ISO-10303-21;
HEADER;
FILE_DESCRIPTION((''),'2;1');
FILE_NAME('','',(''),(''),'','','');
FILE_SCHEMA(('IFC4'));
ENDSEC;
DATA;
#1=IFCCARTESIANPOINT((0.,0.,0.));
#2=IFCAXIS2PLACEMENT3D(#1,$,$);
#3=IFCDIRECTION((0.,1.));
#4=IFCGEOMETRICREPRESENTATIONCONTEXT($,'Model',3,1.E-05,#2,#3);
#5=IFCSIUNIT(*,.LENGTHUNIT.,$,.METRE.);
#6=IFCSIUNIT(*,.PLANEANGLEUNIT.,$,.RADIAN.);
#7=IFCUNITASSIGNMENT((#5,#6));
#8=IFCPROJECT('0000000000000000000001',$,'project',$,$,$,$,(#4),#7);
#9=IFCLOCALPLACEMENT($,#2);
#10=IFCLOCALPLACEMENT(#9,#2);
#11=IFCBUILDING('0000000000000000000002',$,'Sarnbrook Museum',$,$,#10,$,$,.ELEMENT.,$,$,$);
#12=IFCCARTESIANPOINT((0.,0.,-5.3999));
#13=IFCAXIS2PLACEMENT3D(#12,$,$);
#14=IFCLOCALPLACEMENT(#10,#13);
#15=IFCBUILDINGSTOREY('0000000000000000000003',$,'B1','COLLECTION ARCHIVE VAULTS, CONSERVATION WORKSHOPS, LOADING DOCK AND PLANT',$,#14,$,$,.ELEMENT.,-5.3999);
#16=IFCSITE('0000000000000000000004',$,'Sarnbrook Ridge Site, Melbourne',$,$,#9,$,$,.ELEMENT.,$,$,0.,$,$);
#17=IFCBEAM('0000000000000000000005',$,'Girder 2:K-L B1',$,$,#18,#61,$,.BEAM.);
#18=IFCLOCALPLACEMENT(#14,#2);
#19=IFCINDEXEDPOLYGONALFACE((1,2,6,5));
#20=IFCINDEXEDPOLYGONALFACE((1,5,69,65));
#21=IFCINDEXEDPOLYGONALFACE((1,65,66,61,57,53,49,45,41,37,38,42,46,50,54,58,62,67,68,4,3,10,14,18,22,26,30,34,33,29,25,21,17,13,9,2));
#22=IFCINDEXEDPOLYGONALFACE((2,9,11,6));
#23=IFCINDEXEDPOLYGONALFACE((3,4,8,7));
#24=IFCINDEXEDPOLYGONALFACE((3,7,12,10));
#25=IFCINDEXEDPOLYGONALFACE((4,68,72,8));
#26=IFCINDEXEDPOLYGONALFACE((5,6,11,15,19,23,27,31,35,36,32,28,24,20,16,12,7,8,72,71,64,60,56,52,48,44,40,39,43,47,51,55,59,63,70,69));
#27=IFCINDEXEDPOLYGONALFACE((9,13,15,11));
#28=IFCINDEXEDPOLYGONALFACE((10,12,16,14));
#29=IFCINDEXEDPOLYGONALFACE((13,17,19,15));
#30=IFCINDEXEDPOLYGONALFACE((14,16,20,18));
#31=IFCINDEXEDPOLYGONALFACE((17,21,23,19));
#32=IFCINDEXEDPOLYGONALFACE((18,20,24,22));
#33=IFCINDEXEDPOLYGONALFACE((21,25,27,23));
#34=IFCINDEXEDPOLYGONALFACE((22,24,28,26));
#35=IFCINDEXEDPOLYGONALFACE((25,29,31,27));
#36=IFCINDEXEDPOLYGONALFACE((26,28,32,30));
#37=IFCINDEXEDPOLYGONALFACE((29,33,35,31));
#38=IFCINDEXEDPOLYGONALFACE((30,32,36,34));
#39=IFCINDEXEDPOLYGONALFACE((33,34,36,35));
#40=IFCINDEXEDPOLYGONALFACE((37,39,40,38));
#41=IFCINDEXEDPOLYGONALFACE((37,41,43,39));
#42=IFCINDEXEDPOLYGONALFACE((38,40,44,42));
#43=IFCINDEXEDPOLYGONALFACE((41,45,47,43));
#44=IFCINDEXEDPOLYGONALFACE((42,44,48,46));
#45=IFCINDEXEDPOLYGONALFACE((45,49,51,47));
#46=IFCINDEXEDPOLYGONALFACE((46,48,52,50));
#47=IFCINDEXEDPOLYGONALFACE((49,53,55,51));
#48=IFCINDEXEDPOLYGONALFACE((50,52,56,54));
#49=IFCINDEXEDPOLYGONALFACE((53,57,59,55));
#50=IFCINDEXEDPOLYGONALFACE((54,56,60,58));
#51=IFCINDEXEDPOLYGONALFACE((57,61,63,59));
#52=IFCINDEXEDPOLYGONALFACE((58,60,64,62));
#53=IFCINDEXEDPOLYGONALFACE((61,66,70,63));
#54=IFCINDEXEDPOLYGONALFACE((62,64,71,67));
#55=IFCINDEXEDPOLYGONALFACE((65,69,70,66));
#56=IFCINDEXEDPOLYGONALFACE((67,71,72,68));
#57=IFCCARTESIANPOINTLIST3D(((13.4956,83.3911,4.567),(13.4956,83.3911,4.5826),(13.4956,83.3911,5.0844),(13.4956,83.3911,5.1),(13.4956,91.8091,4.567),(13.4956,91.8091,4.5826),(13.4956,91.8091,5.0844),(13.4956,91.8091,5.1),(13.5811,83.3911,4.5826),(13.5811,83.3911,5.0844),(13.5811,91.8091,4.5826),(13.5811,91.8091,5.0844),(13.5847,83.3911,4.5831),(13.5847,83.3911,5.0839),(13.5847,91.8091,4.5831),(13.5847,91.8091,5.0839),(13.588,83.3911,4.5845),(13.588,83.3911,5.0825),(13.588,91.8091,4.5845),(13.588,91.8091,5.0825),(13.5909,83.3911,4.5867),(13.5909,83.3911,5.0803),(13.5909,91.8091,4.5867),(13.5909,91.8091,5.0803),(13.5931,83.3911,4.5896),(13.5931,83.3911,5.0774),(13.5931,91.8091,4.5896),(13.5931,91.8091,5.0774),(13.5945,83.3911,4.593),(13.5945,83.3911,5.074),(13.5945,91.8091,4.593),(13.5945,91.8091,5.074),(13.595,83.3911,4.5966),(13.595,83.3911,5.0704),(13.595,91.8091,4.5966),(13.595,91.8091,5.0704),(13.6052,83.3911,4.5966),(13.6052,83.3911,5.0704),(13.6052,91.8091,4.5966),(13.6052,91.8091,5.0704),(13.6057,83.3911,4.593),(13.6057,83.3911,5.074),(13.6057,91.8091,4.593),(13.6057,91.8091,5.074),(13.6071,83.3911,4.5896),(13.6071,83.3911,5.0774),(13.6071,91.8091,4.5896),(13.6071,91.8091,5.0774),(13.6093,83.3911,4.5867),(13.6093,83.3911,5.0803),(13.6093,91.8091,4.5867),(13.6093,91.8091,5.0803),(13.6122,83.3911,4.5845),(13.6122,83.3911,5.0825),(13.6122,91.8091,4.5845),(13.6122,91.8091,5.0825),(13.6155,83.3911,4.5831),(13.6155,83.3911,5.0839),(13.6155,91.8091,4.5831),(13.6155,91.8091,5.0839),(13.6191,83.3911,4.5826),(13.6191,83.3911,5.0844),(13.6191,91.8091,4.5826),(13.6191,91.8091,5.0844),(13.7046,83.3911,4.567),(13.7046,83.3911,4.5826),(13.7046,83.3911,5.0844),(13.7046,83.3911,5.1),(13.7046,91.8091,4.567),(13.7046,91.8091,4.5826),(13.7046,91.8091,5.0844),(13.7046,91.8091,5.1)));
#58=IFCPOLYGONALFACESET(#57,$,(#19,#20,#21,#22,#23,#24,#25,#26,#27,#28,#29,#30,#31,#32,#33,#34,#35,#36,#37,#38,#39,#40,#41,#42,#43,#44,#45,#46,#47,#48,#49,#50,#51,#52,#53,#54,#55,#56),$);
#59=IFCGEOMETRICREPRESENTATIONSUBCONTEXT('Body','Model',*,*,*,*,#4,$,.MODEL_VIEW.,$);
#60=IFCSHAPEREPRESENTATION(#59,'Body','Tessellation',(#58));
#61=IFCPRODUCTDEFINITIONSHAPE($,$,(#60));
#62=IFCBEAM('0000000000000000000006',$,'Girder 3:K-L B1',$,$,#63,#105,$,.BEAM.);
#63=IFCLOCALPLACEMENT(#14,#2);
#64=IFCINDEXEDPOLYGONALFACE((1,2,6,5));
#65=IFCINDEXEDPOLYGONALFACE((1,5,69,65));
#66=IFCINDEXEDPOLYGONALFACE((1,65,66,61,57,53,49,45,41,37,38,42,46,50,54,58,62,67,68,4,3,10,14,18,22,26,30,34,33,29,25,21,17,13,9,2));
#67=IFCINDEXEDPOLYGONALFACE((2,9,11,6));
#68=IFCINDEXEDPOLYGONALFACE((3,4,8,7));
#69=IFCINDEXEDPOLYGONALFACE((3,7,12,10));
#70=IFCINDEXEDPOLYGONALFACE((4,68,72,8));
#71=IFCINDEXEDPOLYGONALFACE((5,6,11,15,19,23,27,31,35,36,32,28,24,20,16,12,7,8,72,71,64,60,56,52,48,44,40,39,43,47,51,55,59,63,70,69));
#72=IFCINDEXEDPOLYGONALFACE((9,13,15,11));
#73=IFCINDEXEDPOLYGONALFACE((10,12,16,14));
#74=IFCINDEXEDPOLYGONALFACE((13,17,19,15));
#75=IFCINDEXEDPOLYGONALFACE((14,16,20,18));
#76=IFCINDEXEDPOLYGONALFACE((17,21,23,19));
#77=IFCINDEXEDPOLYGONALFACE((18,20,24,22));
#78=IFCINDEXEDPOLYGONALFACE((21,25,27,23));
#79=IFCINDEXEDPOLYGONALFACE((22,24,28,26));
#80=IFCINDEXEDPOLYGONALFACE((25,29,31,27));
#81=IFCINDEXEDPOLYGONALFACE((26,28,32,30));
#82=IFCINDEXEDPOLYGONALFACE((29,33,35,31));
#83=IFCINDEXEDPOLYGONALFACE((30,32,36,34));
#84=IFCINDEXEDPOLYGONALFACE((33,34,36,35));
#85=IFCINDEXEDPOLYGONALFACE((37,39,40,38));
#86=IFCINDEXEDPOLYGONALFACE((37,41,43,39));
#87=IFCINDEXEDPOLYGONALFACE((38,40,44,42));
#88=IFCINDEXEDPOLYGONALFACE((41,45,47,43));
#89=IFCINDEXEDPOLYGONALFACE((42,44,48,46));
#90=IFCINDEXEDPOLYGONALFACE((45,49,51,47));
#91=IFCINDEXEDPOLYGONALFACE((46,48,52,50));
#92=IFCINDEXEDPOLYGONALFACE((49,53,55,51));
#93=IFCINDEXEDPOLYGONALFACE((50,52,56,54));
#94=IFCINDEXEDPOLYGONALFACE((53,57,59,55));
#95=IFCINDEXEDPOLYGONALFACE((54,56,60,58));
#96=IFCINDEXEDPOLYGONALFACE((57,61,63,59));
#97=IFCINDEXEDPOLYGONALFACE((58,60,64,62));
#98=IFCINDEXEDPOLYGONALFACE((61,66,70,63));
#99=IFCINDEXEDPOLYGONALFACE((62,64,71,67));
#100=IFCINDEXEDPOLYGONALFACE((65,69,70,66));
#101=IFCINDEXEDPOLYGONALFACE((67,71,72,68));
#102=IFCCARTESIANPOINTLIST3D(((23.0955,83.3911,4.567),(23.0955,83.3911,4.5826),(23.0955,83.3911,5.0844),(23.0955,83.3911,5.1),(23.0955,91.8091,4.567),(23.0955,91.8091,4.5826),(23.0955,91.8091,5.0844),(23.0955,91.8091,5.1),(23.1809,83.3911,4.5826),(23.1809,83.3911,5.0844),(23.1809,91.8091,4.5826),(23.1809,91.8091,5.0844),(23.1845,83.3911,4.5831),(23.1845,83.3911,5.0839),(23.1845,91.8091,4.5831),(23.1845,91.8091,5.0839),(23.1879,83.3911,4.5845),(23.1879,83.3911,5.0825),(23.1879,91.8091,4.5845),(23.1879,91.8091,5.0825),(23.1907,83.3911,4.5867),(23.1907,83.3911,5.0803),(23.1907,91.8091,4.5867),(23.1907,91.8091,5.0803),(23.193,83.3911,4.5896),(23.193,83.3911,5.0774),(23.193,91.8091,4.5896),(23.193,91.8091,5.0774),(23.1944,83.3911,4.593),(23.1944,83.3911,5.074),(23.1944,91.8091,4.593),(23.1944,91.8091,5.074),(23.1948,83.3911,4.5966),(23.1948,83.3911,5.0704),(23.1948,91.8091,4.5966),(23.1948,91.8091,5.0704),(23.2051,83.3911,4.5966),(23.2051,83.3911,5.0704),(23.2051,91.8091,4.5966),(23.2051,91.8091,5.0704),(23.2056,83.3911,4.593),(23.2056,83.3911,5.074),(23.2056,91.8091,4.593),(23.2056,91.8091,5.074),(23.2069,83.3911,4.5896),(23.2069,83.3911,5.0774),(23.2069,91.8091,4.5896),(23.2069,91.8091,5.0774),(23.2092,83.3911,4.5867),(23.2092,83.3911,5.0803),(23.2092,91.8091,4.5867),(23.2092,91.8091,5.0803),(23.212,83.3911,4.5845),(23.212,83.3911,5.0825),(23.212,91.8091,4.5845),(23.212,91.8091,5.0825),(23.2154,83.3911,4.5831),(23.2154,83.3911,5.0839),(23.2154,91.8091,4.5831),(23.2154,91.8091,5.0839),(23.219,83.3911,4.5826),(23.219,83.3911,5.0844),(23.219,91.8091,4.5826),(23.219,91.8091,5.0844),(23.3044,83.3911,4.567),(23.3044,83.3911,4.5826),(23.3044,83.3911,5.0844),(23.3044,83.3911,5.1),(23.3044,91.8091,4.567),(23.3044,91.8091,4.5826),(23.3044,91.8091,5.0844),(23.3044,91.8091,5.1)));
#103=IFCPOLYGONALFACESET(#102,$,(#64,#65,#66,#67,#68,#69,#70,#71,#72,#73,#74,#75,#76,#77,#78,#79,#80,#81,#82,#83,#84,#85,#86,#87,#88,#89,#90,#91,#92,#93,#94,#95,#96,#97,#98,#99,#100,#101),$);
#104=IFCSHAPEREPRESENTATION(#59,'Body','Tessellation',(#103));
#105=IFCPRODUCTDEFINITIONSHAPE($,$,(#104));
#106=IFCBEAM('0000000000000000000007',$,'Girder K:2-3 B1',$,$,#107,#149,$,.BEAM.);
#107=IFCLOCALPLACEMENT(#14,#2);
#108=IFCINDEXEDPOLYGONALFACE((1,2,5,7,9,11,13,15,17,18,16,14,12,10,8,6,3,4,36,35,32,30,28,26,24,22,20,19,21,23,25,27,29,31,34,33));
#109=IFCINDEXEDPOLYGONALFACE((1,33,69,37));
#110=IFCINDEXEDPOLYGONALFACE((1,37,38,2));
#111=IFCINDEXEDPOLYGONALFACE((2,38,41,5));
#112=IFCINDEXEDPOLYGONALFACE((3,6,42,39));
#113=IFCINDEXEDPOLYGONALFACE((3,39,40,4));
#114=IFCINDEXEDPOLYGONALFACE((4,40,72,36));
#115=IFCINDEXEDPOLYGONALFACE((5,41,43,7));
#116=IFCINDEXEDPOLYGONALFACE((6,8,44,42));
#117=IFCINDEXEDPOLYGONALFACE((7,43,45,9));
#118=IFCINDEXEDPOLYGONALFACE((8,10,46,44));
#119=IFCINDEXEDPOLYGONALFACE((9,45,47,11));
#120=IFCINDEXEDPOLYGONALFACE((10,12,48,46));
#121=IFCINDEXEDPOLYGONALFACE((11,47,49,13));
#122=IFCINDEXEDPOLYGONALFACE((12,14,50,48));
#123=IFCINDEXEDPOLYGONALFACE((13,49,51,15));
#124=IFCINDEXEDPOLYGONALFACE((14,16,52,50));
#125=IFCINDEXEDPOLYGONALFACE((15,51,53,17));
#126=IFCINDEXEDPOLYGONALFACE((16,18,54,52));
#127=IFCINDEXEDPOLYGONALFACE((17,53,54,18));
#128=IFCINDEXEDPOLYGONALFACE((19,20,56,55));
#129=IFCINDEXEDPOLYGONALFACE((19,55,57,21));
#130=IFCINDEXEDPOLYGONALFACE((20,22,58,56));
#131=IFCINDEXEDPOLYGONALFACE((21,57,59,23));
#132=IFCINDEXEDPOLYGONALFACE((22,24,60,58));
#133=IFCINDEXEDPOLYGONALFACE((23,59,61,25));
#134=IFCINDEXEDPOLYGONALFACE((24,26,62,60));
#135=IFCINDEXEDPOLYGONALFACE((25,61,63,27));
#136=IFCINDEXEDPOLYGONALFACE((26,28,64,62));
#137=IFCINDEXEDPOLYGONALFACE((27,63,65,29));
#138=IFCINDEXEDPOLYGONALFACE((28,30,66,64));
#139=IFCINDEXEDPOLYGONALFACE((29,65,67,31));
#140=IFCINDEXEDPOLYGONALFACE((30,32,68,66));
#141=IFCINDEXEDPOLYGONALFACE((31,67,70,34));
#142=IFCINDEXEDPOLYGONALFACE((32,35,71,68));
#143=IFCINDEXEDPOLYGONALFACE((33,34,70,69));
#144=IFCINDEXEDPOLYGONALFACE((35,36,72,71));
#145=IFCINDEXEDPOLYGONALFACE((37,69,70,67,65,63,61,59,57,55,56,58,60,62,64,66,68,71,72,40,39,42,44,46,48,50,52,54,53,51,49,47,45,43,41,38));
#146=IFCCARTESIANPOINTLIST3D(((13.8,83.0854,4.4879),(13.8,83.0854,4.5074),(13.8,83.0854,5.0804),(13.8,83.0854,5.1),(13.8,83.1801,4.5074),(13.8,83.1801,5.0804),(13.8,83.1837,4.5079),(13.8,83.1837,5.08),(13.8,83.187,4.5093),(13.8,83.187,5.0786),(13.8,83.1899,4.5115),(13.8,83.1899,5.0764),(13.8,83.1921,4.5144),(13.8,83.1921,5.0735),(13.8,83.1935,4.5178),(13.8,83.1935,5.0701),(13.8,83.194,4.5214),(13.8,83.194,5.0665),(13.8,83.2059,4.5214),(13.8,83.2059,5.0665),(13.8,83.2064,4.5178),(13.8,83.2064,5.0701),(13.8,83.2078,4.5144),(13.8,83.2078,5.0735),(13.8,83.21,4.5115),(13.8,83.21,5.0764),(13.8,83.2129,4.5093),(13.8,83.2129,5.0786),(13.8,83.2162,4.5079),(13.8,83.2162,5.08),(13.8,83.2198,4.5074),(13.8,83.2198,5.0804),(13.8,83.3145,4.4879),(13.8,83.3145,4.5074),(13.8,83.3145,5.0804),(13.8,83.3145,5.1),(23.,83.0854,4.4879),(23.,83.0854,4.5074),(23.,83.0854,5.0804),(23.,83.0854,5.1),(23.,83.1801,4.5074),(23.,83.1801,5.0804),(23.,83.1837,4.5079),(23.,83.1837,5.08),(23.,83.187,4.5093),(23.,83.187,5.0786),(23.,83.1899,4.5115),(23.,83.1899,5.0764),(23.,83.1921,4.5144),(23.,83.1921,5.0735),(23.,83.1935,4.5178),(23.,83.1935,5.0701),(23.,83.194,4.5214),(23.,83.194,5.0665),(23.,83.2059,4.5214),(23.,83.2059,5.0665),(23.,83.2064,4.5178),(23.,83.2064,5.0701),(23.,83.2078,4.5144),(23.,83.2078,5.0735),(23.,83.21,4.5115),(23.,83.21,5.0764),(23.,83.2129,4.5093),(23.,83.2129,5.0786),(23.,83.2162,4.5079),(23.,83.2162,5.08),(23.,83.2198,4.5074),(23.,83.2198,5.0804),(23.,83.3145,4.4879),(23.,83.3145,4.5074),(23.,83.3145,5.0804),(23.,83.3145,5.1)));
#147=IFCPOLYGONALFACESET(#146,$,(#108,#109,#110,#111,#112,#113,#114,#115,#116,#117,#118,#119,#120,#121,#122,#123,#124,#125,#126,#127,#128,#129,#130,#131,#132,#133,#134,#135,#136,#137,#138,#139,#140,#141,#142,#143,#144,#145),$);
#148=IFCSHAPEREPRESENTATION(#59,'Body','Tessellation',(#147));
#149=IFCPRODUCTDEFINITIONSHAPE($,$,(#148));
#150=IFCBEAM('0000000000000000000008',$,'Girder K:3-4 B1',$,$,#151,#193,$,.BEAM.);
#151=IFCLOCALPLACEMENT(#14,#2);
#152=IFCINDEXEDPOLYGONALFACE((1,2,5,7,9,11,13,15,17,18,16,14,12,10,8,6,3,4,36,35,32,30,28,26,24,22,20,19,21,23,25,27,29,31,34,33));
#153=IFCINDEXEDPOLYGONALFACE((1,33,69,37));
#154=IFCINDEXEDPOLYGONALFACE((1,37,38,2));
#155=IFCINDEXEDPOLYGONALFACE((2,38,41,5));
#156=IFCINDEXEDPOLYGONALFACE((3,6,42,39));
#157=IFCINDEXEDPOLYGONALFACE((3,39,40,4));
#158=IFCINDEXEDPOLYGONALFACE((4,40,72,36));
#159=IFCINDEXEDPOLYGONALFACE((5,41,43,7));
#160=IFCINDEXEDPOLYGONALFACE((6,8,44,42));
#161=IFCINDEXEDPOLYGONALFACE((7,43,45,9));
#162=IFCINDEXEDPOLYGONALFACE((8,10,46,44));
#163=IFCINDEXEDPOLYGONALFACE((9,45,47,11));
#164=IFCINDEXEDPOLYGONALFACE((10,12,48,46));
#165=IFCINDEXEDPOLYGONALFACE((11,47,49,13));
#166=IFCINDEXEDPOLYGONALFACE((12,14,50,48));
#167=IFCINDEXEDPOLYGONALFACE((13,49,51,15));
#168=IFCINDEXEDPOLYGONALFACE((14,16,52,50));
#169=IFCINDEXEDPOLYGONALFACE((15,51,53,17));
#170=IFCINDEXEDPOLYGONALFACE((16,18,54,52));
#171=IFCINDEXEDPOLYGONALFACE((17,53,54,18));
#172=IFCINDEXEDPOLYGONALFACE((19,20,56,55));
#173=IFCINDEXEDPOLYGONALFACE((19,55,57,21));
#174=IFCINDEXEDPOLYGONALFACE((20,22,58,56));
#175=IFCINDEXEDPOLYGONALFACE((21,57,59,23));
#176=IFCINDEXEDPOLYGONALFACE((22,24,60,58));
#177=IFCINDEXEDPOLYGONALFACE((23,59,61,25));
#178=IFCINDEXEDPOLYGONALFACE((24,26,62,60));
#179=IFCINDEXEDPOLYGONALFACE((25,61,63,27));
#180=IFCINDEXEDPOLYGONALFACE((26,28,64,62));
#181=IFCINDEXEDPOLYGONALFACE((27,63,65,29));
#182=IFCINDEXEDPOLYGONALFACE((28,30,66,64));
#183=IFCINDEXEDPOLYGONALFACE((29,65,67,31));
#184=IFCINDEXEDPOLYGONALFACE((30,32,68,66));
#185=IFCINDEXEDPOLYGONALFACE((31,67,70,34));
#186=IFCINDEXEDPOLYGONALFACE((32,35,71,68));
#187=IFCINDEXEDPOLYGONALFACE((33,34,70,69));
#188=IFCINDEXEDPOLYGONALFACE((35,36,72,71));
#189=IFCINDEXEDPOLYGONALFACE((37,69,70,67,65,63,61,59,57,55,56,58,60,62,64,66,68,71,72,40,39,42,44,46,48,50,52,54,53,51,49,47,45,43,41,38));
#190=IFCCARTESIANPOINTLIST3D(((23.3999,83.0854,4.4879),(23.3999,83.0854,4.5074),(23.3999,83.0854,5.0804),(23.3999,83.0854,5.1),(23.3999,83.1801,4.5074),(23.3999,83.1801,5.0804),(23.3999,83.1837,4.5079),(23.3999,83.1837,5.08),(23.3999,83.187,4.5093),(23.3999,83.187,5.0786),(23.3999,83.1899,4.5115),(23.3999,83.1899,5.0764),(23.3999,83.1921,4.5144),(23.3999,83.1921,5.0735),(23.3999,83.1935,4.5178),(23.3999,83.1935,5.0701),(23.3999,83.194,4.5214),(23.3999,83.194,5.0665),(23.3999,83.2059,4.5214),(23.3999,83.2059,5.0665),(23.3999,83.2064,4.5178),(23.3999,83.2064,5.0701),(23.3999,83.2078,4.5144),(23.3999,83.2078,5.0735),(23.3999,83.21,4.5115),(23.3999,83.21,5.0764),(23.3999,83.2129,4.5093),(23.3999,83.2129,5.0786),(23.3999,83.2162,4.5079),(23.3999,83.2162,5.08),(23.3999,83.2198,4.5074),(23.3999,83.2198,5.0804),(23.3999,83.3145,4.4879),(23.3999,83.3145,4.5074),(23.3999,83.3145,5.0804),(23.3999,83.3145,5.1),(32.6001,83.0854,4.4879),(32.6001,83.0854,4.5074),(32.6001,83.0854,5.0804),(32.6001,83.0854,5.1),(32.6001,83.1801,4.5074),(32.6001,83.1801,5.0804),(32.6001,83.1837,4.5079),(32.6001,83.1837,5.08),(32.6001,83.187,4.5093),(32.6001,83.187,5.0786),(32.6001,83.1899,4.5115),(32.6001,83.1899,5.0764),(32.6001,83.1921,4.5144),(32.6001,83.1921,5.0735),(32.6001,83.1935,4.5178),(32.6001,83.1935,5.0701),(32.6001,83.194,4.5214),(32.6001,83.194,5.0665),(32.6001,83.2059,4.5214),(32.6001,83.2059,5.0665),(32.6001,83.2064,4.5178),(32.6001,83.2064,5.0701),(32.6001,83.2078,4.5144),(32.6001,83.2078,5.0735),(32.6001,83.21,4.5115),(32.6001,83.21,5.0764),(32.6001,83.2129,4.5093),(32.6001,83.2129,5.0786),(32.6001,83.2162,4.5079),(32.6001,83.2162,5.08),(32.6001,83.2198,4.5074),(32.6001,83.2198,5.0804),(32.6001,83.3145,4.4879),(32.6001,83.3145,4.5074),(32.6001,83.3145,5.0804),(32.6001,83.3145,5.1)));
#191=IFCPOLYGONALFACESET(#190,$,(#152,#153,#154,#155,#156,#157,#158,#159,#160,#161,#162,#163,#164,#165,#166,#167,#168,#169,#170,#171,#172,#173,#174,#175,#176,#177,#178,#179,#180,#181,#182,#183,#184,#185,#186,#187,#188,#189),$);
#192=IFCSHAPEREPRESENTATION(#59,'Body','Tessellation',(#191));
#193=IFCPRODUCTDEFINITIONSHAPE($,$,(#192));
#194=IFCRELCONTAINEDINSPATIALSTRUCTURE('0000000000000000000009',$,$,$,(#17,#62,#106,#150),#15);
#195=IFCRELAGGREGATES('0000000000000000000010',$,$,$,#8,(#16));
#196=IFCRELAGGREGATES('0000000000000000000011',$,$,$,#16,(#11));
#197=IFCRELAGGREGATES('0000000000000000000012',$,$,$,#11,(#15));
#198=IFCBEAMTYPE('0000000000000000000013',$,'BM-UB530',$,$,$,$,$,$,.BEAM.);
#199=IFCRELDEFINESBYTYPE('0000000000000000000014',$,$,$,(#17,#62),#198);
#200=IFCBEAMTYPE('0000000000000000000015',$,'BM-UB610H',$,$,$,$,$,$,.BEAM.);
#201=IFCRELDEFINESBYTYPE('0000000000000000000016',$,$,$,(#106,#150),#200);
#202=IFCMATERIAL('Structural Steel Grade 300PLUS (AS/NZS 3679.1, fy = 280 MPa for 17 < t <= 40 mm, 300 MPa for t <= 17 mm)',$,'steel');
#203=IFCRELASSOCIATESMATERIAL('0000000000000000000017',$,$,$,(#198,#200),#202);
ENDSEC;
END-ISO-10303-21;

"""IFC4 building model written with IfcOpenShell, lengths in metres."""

from ifc_helpers import new_model, si_unit, direction, frame, origin, origin_2d, place, context, subcontext, project, spatial, i_section, extrude, material, material_profile, profile_set, type_object, element, save


model = new_model("IFC4")

# Units and contexts
model_context = context("Model", 3, precision=1e-05, world=origin(), true_north=direction((0.0, 1.0)))
body_context = subcontext(model_context, "Body", "Model", "MODEL_VIEW")
ifc_project = project(units=[si_unit("LENGTHUNIT", "METRE"), si_unit("PLANEANGLEUNIT", "RADIAN")], contexts=[model_context])

# Site, building, storey
site_placement = place(None, origin())
site = spatial("IfcSite", under=ifc_project, at=site_placement, Name="Sarnbrook Ridge Site, Melbourne", CompositionType="ELEMENT", RefElevation=0.0)
building_placement = place(site_placement, origin())
building = spatial("IfcBuilding", under=site, at=building_placement, Name="Sarnbrook Museum", CompositionType="ELEMENT")
storey_placement = place(building_placement, frame((0.0, 0.0, -5.3999)))
storey = spatial("IfcBuildingStorey", under=building, at=storey_placement, Name="B1", Description="COLLECTION ARCHIVE VAULTS, CONSERVATION WORKSHOPS, LOADING DOCK AND PLANT", CompositionType="ELEMENT", Elevation=-5.3999)

# Beams
ifc_material_1 = material(Name="Structural Steel Grade 300PLUS (AS/NZS 3679.1, fy = 280 MPa for 17 < t <= 40 mm, 300 MPa for t <= 17 mm)", Category="steel")
ifc_material_profile_1 = material_profile(ifc_material_1, i_section(OverallWidth=0.209, OverallDepth=0.533, WebThickness=0.0103, FlangeThickness=0.0156, FilletRadius=0.0139, at=origin_2d()), Name="530UB92.4")
ifc_profile_set_1 = profile_set([ifc_material_profile_1], Name="Structural Steel Grade 300PLUS (AS/NZS 3679.1, fy = 280 MPa for 17 < t <= 40 mm, 300 MPa for t <= 17 mm)")
beam_type_1 = type_object("IfcBeamType", Name="BM-UB530", PredefinedType="BEAM", material=ifc_profile_set_1)
for number, where, z_axis, x_axis, name in (
    (1, (13.6001, 83.3911, 4.8335), (0.0, 1.0, 0.0), (-1.0, 0.0, 0.0), "Girder 2:K-L B1"),
    (2, (23.2, 83.3911, 4.8335), (0.0, 1.0, 0.0), (-1.0, 0.0, 0.0), "Girder 3:K-L B1"),
):
    element("IfcBeam", number, at=place(storey_placement, frame(where, z_axis=z_axis, x_axis=x_axis)), inside=storey, type_object=beam_type_1, Name=name, PredefinedType="BEAM", context=body_context, shape_type="SweptSolid", body=[
        extrude(i_section(OverallWidth=0.209, OverallDepth=0.533, WebThickness=0.0103, FlangeThickness=0.0156, FilletRadius=0.0139, at=origin_2d()), origin(), (0.0, 0.0, 1.0), 8.418),
    ])
ifc_material_profile_2 = material_profile(ifc_material_1, i_section(OverallWidth=0.229, OverallDepth=0.6121, WebThickness=0.012, FlangeThickness=0.0195, FilletRadius=0.0139, at=origin_2d()), Name="610UB125")
ifc_profile_set_2 = profile_set([ifc_material_profile_2], Name="Structural Steel Grade 300PLUS (AS/NZS 3679.1, fy = 280 MPa for 17 < t <= 40 mm, 300 MPa for t <= 17 mm)")
beam_type_2 = type_object("IfcBeamType", Name="BM-UB610H", PredefinedType="BEAM", material=ifc_profile_set_2)
beam_1_placement = place(storey_placement, frame((13.8, 83.2, 4.7939), z_axis=(1.0, 0.0, 0.0), x_axis=(0.0, 1.0, 0.0)))
element("IfcBeam", 3, at=beam_1_placement, inside=storey, type_object=beam_type_2, Name="Girder K:2-3 B1", PredefinedType="BEAM", context=body_context, shape_type="SweptSolid", body=[
    extrude(i_section(OverallWidth=0.229, OverallDepth=0.6121, WebThickness=0.012, FlangeThickness=0.0195, FilletRadius=0.0139, at=origin_2d()), origin(), (0.0, 0.0, 1.0), 9.2),
])
beam_2_placement = place(storey_placement, frame((23.3999, 83.2, 4.7939), z_axis=(1.0, 0.0, 0.0), x_axis=(0.0, 1.0, 0.0)))
element("IfcBeam", 4, at=beam_2_placement, inside=storey, type_object=beam_type_2, Name="Girder K:3-4 B1", PredefinedType="BEAM", context=body_context, shape_type="SweptSolid", body=[
    extrude(i_section(OverallWidth=0.229, OverallDepth=0.6121, WebThickness=0.012, FlangeThickness=0.0195, FilletRadius=0.0139, at=origin_2d()), origin(), (0.0, 0.0, 1.0), 9.2002),
])

save(model, "model.ifc")
